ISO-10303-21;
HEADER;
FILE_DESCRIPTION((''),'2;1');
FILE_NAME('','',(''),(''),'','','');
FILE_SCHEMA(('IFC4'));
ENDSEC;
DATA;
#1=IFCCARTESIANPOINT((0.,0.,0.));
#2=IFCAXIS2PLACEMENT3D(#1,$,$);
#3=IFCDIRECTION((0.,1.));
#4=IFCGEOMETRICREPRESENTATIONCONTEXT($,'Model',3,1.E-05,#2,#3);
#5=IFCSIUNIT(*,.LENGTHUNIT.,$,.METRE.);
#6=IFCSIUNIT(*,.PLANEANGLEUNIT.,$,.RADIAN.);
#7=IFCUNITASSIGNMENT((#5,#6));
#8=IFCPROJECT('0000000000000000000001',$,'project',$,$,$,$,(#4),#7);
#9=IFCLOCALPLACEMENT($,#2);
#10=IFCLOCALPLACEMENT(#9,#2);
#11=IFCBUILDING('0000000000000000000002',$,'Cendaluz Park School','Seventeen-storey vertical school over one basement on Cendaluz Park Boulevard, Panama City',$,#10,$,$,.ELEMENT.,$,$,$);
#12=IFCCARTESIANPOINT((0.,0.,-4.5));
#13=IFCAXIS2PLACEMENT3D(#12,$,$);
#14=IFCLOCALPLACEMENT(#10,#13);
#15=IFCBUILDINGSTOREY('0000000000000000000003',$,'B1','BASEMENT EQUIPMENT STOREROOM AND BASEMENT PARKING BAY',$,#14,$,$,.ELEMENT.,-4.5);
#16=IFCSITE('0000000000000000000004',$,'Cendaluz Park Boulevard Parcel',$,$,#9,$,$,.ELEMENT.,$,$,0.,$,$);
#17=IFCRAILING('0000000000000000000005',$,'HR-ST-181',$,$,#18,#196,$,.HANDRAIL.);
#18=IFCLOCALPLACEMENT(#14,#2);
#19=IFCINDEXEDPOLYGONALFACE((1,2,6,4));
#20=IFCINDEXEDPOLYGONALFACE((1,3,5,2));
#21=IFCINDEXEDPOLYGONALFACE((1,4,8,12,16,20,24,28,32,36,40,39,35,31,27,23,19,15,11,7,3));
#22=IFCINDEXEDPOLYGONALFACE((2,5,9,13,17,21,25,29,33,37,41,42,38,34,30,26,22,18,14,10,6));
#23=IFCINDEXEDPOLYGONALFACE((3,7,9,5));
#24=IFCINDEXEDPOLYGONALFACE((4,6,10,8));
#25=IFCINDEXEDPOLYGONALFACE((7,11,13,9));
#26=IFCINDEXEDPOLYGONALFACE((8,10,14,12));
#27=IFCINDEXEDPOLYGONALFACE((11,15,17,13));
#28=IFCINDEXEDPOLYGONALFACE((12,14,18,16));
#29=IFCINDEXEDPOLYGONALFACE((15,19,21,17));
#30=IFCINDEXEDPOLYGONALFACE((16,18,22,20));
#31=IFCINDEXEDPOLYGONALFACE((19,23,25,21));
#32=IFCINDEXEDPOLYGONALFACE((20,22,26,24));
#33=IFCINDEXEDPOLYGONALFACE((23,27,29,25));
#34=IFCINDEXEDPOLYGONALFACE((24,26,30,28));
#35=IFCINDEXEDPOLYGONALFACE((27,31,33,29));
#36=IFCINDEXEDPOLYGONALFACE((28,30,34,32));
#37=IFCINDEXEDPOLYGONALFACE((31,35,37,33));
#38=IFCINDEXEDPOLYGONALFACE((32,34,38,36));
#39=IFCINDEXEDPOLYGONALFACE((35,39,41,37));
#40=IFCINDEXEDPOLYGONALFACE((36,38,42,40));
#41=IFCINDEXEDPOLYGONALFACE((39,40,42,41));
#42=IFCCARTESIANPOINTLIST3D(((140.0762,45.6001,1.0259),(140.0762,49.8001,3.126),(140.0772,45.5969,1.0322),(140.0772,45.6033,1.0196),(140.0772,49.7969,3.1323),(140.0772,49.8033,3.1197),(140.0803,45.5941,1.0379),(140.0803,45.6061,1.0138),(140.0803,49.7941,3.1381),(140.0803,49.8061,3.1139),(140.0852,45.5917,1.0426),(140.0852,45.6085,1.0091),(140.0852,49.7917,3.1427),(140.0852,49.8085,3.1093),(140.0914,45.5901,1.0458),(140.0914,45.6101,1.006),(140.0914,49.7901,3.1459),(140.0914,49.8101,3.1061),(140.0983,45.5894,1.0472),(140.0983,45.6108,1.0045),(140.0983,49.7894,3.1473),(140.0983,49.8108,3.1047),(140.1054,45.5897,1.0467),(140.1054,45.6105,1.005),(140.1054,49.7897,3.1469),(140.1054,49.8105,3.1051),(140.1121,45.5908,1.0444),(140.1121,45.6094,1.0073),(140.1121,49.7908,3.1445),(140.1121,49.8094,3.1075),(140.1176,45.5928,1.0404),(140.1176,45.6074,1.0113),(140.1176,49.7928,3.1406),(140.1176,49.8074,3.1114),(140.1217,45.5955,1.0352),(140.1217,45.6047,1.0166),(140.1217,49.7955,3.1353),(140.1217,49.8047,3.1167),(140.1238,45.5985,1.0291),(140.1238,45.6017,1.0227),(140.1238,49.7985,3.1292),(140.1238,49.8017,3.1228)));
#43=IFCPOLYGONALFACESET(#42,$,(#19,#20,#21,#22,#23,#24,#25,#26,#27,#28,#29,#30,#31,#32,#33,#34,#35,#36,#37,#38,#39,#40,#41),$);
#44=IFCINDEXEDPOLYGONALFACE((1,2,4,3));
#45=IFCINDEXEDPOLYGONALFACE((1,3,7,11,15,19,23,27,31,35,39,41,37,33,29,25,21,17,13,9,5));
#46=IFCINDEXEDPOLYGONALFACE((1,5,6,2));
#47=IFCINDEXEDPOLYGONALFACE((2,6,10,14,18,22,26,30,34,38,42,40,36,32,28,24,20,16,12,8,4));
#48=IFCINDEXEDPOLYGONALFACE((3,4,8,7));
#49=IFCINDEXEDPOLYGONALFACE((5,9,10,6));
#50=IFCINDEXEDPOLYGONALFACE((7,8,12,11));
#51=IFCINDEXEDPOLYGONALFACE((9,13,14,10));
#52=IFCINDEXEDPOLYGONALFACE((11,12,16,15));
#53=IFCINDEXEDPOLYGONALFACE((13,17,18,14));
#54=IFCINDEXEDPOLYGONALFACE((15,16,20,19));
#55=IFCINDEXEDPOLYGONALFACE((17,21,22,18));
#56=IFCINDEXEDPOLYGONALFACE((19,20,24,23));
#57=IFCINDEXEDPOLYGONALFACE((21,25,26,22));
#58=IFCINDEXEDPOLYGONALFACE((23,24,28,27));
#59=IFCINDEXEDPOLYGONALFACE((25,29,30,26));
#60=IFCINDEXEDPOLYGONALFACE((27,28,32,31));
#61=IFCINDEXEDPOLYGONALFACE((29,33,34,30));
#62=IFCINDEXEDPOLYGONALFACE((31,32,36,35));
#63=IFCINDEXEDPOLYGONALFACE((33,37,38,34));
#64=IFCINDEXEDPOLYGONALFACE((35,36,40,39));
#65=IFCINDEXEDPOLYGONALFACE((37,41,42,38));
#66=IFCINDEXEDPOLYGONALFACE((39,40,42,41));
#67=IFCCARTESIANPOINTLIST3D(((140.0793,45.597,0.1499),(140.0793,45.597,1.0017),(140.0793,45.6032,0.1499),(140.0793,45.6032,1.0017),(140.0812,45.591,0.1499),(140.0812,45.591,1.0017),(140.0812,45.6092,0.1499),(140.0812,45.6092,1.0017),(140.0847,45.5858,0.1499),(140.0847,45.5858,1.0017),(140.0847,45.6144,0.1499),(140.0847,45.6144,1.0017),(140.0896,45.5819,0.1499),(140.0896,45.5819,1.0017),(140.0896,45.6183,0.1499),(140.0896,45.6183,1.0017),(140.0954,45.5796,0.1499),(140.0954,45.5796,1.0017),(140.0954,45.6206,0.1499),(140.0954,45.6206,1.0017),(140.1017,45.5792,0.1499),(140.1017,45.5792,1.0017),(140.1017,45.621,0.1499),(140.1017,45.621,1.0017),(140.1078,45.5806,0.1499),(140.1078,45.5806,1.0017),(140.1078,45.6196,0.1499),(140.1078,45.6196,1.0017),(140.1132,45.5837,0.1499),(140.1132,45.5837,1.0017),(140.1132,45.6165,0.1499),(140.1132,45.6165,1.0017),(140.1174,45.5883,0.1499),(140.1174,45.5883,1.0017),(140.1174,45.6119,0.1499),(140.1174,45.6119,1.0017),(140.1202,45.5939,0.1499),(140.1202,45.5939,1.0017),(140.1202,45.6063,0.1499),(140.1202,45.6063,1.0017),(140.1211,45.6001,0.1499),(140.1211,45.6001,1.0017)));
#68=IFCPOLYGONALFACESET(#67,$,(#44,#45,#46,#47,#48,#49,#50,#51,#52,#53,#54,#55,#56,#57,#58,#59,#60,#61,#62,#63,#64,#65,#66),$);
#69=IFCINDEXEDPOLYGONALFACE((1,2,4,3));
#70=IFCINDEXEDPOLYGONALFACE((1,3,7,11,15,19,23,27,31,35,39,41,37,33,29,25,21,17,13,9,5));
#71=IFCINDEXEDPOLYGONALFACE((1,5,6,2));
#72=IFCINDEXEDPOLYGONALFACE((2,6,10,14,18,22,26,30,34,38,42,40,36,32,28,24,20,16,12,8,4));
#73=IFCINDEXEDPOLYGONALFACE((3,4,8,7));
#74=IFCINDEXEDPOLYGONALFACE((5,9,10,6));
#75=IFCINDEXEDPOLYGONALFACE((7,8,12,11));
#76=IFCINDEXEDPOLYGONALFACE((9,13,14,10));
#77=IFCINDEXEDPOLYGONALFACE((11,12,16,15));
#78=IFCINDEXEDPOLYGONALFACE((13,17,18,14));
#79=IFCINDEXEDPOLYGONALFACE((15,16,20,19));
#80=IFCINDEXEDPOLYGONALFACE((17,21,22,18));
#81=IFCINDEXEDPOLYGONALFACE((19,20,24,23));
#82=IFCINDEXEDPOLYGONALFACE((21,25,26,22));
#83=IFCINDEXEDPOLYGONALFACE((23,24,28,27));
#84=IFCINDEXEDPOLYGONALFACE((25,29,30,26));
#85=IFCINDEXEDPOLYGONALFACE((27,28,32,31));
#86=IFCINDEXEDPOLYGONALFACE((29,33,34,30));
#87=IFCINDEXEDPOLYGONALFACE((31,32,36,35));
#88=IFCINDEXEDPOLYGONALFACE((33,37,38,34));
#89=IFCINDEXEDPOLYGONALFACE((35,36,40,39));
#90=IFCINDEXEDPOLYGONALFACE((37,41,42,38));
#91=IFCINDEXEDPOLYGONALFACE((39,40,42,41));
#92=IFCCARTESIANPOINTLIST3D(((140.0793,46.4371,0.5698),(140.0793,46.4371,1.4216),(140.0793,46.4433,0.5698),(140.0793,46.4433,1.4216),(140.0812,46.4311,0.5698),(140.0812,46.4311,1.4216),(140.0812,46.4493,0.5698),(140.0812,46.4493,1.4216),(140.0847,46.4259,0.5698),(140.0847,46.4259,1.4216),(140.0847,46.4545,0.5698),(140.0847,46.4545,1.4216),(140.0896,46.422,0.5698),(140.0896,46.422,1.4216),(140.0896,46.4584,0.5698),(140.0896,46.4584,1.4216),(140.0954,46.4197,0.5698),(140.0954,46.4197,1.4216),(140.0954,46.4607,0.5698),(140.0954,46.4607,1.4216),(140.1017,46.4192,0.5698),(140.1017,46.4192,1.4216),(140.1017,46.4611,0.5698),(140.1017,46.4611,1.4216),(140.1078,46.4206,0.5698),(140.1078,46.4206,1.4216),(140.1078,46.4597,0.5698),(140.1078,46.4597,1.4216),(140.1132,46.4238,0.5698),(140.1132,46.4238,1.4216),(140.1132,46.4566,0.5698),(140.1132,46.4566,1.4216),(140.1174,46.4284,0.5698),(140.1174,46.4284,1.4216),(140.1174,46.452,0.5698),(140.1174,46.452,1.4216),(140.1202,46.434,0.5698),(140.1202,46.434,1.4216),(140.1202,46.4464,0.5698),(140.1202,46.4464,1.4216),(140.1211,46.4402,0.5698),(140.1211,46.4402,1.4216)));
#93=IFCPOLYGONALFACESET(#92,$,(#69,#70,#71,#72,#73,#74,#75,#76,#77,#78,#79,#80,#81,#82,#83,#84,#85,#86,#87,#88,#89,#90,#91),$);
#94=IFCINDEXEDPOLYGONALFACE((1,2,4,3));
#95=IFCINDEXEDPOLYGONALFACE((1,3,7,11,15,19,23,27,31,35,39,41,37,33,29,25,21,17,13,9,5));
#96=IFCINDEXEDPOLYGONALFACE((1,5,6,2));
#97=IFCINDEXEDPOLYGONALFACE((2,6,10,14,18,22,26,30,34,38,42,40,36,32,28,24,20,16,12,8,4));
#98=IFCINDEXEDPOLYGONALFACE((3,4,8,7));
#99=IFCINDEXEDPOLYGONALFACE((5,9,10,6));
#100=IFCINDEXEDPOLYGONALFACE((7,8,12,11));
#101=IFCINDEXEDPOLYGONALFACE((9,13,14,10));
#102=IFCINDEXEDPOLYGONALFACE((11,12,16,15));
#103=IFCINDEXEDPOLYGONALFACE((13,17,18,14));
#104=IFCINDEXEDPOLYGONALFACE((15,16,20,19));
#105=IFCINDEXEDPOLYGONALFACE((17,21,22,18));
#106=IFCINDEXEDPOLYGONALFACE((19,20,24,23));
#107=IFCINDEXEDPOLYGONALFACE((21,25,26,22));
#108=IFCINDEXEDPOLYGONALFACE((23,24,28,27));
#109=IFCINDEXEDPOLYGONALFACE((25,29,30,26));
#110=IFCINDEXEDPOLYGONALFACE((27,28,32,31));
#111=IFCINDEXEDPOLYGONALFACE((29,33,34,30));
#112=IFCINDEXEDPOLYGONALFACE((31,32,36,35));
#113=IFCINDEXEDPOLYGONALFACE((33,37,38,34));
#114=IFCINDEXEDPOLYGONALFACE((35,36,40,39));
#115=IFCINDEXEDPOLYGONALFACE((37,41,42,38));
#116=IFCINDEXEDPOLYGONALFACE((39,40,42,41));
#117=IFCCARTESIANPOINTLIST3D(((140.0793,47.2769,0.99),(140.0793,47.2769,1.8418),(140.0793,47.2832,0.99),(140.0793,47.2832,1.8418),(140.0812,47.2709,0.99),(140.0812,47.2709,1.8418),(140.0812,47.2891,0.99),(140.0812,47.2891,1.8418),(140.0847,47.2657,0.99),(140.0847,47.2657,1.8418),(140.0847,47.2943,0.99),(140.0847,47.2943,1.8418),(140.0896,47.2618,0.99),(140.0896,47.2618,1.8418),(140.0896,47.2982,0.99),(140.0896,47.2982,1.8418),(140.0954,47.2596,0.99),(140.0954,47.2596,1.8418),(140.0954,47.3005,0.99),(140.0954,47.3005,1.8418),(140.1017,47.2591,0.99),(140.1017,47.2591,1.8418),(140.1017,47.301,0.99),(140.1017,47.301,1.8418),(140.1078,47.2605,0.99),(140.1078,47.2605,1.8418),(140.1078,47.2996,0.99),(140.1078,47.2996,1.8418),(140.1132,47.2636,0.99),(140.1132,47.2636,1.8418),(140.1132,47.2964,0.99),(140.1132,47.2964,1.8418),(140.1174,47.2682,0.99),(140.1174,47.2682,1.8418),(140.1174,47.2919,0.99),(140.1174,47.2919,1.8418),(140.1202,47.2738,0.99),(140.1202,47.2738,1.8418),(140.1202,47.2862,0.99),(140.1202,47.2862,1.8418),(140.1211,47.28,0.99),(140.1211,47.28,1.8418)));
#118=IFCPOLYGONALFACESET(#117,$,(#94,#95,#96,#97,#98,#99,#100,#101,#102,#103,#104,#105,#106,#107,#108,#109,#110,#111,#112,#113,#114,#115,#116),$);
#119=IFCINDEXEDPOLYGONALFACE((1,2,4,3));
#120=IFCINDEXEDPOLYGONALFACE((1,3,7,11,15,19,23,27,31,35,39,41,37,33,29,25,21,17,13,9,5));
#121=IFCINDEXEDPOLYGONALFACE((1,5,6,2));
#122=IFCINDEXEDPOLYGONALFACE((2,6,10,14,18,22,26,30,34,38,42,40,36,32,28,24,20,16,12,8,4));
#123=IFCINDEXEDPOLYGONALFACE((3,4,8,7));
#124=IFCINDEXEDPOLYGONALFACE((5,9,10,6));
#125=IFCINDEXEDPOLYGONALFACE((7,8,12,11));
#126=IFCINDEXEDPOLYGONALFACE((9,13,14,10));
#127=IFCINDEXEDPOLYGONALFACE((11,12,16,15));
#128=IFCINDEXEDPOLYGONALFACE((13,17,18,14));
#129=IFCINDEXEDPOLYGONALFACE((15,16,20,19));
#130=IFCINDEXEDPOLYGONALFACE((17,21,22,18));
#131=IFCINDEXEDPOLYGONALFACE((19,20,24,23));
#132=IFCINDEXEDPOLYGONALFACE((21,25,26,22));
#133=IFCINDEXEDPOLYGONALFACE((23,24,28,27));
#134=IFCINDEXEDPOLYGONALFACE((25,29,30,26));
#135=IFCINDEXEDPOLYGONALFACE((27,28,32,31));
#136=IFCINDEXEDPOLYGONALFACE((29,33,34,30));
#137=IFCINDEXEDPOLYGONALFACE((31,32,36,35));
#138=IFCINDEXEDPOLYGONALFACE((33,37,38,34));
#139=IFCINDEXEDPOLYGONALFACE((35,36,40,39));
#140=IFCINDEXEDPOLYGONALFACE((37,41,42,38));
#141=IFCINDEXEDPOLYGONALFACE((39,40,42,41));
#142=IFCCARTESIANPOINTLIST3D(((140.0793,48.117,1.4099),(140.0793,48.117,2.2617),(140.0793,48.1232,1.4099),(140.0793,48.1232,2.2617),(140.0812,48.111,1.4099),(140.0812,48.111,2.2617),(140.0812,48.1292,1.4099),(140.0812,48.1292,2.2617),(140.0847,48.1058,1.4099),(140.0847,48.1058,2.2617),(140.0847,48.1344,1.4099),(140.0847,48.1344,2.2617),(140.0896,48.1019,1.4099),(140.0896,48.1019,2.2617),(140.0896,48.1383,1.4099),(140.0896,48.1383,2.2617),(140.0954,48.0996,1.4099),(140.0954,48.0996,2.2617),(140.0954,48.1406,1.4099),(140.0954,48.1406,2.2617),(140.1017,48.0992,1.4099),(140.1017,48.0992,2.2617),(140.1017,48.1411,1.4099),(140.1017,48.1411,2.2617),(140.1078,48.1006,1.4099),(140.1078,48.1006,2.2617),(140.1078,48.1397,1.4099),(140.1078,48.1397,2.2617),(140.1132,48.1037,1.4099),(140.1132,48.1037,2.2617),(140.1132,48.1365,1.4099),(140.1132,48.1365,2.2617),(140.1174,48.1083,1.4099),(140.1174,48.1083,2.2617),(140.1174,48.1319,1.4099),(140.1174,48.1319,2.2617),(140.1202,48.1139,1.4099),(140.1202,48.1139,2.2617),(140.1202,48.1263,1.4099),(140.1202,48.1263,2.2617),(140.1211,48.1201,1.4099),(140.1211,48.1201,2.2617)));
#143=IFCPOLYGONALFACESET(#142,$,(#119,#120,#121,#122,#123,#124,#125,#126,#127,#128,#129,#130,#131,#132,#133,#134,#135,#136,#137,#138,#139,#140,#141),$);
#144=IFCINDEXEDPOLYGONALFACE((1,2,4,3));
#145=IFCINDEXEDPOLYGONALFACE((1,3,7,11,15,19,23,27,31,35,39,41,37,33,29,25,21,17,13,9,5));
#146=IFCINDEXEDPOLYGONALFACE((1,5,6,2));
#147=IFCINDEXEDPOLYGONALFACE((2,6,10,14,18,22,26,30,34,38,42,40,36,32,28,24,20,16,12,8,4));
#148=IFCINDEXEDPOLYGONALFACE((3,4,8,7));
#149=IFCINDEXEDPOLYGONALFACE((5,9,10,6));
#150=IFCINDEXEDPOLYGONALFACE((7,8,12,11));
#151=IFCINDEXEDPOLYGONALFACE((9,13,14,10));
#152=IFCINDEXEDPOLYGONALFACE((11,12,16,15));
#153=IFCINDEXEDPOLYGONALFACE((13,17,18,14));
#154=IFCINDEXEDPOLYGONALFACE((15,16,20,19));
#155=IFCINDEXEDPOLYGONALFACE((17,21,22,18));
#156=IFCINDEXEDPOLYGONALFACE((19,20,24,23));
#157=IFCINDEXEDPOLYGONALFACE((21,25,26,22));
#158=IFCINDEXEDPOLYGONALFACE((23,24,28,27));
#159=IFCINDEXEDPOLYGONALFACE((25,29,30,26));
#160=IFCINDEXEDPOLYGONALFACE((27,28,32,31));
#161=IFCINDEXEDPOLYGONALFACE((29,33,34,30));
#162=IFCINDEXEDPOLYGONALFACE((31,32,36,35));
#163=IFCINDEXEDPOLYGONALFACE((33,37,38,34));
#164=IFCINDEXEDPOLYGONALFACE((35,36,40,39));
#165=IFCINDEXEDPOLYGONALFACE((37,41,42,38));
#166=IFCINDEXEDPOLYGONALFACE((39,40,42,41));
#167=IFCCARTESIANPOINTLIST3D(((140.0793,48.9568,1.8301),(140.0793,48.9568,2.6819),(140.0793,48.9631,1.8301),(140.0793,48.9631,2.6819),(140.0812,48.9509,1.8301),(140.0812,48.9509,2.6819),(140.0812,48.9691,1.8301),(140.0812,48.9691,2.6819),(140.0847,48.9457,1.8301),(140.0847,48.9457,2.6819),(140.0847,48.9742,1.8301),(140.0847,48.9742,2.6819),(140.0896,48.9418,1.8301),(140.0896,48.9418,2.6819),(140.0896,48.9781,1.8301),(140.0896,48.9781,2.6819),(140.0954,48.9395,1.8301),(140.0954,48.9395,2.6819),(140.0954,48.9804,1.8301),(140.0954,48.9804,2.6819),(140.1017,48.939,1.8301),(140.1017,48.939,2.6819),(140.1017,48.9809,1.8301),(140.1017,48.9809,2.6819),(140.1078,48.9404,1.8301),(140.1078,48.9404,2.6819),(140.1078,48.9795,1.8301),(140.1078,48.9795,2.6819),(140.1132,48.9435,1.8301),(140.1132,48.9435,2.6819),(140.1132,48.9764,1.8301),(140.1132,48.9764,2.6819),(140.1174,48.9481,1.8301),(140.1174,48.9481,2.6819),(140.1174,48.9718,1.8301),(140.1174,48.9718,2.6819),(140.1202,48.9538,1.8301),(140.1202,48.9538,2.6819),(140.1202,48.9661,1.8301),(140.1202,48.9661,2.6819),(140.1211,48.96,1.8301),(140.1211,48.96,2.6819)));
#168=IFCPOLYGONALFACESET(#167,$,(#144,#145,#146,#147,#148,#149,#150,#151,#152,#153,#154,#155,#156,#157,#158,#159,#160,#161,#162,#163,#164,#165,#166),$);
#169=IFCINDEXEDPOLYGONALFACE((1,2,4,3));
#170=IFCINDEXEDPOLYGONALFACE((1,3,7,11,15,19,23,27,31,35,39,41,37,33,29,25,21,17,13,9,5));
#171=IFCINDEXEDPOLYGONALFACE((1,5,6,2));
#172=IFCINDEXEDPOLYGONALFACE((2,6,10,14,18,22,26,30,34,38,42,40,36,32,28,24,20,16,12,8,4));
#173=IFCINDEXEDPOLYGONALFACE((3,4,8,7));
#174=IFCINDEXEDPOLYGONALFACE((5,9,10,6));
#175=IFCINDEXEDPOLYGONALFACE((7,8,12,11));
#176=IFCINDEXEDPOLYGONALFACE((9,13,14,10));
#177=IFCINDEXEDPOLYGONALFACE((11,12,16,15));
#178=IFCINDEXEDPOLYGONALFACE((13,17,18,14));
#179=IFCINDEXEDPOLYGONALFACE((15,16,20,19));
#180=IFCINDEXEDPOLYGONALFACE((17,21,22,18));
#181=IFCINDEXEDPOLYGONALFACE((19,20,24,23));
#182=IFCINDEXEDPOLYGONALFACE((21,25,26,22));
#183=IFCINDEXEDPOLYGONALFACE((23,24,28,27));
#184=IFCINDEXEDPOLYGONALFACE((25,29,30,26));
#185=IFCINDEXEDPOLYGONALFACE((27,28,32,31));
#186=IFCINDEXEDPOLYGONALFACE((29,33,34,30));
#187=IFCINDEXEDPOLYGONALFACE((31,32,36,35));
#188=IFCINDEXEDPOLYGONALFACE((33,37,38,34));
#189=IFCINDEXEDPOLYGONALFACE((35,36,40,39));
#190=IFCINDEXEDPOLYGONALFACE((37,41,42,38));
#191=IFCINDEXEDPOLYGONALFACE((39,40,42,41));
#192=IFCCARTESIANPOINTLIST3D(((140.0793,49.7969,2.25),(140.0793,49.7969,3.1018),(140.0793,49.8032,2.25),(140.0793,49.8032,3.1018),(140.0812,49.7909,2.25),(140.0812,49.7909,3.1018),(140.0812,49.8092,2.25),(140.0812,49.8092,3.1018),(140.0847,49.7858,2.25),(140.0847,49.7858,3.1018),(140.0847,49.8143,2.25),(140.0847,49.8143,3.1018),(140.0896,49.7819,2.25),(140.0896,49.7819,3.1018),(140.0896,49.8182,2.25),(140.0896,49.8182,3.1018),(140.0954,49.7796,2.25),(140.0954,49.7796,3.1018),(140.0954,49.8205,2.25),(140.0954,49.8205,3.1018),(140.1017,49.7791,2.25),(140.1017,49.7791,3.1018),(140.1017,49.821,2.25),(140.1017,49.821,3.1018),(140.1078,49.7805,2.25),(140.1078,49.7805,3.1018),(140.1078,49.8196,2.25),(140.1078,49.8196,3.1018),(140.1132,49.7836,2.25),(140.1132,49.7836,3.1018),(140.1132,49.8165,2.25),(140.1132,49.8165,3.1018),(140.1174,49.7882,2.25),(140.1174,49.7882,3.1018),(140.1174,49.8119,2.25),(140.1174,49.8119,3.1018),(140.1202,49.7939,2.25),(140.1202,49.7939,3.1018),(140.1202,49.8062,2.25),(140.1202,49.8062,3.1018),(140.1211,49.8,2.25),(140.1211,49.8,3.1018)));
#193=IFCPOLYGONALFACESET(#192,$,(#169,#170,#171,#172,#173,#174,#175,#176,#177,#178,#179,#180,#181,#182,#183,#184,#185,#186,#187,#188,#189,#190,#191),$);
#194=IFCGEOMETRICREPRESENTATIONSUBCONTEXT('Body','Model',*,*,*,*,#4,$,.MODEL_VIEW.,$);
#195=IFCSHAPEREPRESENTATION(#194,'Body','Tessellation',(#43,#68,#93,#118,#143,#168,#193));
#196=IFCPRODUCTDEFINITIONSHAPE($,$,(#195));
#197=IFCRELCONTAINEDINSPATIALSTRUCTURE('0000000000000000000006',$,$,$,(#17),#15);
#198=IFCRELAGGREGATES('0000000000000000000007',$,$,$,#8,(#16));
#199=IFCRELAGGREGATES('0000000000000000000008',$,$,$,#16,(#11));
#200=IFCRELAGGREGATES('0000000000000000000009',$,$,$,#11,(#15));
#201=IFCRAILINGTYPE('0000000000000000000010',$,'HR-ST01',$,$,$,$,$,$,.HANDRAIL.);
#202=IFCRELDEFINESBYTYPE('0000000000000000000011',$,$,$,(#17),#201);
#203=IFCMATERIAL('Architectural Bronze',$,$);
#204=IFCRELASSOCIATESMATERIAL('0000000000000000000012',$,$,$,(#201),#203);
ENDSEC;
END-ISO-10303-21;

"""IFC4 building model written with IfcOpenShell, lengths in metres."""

from ifc_helpers import new_model, si_unit, direction, frame, origin, origin_2d, place, context, subcontext, project, spatial, circle, extrude, material, type_object, element, save


model = new_model("IFC4")

# Units and contexts
model_context = context("Model", 3, precision=1e-05, world=origin(), true_north=direction((0.0, 1.0)))
body_context = subcontext(model_context, "Body", "Model", "MODEL_VIEW")
ifc_project = project(units=[si_unit("LENGTHUNIT", "METRE"), si_unit("PLANEANGLEUNIT", "RADIAN")], contexts=[model_context])

# Site, building, storey
site_placement = place(None, origin())
site = spatial("IfcSite", under=ifc_project, at=site_placement, Name="Cendaluz Park Boulevard Parcel", CompositionType="ELEMENT", RefElevation=0.0)
building_placement = place(site_placement, origin())
building = spatial("IfcBuilding", under=site, at=building_placement, Name="Cendaluz Park School", Description="Seventeen-storey vertical school over one basement on Cendaluz Park Boulevard, Panama City", CompositionType="ELEMENT")
storey_placement = place(building_placement, frame((0.0, 0.0, -4.5)))
storey = spatial("IfcBuildingStorey", under=building, at=storey_placement, Name="B1", Description="BASEMENT EQUIPMENT STOREROOM AND BASEMENT PARKING BAY", CompositionType="ELEMENT", Elevation=-4.5)

# Railing
ifc_material_1 = material(Name="Architectural Bronze")
railing_type_1 = type_object("IfcRailingType", Name="HR-ST01", PredefinedType="HANDRAIL", material=ifc_material_1)
railing_1_placement = place(storey_placement, frame((140.1001, 45.6001, 0.1499)))
element("IfcRailing", 1, at=railing_1_placement, inside=storey, type_object=railing_type_1, Name="HR-ST-181", PredefinedType="HANDRAIL", context=body_context, shape_type="SweptSolid", body=[
    extrude(circle(Radius=0.0239, at=origin_2d()), frame((0.0, 0.0, 0.876), z_axis=(0.0, 0.894417, 0.447234), x_axis=(-1.0, 0.0, 0.0)), (0.0, 0.0, 1.0), 4.6958),
    extrude(circle(Radius=0.021, at=origin_2d()), origin(), (0.0, 0.0, 1.0), 0.8518),
    extrude(circle(Radius=0.021, at=origin_2d()), frame((0.0, 0.8401, 0.4199)), (0.0, 0.0, 1.0), 0.8518),
    extrude(circle(Radius=0.021, at=origin_2d()), frame((0.0, 1.6799, 0.8401)), (0.0, 0.0, 1.0), 0.8518),
    extrude(circle(Radius=0.021, at=origin_2d()), frame((0.0, 2.52, 1.26)), (0.0, 0.0, 1.0), 0.8518),
    extrude(circle(Radius=0.021, at=origin_2d()), frame((0.0, 3.3599, 1.6802)), (0.0, 0.0, 1.0), 0.8518),
    extrude(circle(Radius=0.021, at=origin_2d()), frame((0.0, 4.2, 2.1001)), (0.0, 0.0, 1.0), 0.8518),
])

save(model, "model.ifc")
